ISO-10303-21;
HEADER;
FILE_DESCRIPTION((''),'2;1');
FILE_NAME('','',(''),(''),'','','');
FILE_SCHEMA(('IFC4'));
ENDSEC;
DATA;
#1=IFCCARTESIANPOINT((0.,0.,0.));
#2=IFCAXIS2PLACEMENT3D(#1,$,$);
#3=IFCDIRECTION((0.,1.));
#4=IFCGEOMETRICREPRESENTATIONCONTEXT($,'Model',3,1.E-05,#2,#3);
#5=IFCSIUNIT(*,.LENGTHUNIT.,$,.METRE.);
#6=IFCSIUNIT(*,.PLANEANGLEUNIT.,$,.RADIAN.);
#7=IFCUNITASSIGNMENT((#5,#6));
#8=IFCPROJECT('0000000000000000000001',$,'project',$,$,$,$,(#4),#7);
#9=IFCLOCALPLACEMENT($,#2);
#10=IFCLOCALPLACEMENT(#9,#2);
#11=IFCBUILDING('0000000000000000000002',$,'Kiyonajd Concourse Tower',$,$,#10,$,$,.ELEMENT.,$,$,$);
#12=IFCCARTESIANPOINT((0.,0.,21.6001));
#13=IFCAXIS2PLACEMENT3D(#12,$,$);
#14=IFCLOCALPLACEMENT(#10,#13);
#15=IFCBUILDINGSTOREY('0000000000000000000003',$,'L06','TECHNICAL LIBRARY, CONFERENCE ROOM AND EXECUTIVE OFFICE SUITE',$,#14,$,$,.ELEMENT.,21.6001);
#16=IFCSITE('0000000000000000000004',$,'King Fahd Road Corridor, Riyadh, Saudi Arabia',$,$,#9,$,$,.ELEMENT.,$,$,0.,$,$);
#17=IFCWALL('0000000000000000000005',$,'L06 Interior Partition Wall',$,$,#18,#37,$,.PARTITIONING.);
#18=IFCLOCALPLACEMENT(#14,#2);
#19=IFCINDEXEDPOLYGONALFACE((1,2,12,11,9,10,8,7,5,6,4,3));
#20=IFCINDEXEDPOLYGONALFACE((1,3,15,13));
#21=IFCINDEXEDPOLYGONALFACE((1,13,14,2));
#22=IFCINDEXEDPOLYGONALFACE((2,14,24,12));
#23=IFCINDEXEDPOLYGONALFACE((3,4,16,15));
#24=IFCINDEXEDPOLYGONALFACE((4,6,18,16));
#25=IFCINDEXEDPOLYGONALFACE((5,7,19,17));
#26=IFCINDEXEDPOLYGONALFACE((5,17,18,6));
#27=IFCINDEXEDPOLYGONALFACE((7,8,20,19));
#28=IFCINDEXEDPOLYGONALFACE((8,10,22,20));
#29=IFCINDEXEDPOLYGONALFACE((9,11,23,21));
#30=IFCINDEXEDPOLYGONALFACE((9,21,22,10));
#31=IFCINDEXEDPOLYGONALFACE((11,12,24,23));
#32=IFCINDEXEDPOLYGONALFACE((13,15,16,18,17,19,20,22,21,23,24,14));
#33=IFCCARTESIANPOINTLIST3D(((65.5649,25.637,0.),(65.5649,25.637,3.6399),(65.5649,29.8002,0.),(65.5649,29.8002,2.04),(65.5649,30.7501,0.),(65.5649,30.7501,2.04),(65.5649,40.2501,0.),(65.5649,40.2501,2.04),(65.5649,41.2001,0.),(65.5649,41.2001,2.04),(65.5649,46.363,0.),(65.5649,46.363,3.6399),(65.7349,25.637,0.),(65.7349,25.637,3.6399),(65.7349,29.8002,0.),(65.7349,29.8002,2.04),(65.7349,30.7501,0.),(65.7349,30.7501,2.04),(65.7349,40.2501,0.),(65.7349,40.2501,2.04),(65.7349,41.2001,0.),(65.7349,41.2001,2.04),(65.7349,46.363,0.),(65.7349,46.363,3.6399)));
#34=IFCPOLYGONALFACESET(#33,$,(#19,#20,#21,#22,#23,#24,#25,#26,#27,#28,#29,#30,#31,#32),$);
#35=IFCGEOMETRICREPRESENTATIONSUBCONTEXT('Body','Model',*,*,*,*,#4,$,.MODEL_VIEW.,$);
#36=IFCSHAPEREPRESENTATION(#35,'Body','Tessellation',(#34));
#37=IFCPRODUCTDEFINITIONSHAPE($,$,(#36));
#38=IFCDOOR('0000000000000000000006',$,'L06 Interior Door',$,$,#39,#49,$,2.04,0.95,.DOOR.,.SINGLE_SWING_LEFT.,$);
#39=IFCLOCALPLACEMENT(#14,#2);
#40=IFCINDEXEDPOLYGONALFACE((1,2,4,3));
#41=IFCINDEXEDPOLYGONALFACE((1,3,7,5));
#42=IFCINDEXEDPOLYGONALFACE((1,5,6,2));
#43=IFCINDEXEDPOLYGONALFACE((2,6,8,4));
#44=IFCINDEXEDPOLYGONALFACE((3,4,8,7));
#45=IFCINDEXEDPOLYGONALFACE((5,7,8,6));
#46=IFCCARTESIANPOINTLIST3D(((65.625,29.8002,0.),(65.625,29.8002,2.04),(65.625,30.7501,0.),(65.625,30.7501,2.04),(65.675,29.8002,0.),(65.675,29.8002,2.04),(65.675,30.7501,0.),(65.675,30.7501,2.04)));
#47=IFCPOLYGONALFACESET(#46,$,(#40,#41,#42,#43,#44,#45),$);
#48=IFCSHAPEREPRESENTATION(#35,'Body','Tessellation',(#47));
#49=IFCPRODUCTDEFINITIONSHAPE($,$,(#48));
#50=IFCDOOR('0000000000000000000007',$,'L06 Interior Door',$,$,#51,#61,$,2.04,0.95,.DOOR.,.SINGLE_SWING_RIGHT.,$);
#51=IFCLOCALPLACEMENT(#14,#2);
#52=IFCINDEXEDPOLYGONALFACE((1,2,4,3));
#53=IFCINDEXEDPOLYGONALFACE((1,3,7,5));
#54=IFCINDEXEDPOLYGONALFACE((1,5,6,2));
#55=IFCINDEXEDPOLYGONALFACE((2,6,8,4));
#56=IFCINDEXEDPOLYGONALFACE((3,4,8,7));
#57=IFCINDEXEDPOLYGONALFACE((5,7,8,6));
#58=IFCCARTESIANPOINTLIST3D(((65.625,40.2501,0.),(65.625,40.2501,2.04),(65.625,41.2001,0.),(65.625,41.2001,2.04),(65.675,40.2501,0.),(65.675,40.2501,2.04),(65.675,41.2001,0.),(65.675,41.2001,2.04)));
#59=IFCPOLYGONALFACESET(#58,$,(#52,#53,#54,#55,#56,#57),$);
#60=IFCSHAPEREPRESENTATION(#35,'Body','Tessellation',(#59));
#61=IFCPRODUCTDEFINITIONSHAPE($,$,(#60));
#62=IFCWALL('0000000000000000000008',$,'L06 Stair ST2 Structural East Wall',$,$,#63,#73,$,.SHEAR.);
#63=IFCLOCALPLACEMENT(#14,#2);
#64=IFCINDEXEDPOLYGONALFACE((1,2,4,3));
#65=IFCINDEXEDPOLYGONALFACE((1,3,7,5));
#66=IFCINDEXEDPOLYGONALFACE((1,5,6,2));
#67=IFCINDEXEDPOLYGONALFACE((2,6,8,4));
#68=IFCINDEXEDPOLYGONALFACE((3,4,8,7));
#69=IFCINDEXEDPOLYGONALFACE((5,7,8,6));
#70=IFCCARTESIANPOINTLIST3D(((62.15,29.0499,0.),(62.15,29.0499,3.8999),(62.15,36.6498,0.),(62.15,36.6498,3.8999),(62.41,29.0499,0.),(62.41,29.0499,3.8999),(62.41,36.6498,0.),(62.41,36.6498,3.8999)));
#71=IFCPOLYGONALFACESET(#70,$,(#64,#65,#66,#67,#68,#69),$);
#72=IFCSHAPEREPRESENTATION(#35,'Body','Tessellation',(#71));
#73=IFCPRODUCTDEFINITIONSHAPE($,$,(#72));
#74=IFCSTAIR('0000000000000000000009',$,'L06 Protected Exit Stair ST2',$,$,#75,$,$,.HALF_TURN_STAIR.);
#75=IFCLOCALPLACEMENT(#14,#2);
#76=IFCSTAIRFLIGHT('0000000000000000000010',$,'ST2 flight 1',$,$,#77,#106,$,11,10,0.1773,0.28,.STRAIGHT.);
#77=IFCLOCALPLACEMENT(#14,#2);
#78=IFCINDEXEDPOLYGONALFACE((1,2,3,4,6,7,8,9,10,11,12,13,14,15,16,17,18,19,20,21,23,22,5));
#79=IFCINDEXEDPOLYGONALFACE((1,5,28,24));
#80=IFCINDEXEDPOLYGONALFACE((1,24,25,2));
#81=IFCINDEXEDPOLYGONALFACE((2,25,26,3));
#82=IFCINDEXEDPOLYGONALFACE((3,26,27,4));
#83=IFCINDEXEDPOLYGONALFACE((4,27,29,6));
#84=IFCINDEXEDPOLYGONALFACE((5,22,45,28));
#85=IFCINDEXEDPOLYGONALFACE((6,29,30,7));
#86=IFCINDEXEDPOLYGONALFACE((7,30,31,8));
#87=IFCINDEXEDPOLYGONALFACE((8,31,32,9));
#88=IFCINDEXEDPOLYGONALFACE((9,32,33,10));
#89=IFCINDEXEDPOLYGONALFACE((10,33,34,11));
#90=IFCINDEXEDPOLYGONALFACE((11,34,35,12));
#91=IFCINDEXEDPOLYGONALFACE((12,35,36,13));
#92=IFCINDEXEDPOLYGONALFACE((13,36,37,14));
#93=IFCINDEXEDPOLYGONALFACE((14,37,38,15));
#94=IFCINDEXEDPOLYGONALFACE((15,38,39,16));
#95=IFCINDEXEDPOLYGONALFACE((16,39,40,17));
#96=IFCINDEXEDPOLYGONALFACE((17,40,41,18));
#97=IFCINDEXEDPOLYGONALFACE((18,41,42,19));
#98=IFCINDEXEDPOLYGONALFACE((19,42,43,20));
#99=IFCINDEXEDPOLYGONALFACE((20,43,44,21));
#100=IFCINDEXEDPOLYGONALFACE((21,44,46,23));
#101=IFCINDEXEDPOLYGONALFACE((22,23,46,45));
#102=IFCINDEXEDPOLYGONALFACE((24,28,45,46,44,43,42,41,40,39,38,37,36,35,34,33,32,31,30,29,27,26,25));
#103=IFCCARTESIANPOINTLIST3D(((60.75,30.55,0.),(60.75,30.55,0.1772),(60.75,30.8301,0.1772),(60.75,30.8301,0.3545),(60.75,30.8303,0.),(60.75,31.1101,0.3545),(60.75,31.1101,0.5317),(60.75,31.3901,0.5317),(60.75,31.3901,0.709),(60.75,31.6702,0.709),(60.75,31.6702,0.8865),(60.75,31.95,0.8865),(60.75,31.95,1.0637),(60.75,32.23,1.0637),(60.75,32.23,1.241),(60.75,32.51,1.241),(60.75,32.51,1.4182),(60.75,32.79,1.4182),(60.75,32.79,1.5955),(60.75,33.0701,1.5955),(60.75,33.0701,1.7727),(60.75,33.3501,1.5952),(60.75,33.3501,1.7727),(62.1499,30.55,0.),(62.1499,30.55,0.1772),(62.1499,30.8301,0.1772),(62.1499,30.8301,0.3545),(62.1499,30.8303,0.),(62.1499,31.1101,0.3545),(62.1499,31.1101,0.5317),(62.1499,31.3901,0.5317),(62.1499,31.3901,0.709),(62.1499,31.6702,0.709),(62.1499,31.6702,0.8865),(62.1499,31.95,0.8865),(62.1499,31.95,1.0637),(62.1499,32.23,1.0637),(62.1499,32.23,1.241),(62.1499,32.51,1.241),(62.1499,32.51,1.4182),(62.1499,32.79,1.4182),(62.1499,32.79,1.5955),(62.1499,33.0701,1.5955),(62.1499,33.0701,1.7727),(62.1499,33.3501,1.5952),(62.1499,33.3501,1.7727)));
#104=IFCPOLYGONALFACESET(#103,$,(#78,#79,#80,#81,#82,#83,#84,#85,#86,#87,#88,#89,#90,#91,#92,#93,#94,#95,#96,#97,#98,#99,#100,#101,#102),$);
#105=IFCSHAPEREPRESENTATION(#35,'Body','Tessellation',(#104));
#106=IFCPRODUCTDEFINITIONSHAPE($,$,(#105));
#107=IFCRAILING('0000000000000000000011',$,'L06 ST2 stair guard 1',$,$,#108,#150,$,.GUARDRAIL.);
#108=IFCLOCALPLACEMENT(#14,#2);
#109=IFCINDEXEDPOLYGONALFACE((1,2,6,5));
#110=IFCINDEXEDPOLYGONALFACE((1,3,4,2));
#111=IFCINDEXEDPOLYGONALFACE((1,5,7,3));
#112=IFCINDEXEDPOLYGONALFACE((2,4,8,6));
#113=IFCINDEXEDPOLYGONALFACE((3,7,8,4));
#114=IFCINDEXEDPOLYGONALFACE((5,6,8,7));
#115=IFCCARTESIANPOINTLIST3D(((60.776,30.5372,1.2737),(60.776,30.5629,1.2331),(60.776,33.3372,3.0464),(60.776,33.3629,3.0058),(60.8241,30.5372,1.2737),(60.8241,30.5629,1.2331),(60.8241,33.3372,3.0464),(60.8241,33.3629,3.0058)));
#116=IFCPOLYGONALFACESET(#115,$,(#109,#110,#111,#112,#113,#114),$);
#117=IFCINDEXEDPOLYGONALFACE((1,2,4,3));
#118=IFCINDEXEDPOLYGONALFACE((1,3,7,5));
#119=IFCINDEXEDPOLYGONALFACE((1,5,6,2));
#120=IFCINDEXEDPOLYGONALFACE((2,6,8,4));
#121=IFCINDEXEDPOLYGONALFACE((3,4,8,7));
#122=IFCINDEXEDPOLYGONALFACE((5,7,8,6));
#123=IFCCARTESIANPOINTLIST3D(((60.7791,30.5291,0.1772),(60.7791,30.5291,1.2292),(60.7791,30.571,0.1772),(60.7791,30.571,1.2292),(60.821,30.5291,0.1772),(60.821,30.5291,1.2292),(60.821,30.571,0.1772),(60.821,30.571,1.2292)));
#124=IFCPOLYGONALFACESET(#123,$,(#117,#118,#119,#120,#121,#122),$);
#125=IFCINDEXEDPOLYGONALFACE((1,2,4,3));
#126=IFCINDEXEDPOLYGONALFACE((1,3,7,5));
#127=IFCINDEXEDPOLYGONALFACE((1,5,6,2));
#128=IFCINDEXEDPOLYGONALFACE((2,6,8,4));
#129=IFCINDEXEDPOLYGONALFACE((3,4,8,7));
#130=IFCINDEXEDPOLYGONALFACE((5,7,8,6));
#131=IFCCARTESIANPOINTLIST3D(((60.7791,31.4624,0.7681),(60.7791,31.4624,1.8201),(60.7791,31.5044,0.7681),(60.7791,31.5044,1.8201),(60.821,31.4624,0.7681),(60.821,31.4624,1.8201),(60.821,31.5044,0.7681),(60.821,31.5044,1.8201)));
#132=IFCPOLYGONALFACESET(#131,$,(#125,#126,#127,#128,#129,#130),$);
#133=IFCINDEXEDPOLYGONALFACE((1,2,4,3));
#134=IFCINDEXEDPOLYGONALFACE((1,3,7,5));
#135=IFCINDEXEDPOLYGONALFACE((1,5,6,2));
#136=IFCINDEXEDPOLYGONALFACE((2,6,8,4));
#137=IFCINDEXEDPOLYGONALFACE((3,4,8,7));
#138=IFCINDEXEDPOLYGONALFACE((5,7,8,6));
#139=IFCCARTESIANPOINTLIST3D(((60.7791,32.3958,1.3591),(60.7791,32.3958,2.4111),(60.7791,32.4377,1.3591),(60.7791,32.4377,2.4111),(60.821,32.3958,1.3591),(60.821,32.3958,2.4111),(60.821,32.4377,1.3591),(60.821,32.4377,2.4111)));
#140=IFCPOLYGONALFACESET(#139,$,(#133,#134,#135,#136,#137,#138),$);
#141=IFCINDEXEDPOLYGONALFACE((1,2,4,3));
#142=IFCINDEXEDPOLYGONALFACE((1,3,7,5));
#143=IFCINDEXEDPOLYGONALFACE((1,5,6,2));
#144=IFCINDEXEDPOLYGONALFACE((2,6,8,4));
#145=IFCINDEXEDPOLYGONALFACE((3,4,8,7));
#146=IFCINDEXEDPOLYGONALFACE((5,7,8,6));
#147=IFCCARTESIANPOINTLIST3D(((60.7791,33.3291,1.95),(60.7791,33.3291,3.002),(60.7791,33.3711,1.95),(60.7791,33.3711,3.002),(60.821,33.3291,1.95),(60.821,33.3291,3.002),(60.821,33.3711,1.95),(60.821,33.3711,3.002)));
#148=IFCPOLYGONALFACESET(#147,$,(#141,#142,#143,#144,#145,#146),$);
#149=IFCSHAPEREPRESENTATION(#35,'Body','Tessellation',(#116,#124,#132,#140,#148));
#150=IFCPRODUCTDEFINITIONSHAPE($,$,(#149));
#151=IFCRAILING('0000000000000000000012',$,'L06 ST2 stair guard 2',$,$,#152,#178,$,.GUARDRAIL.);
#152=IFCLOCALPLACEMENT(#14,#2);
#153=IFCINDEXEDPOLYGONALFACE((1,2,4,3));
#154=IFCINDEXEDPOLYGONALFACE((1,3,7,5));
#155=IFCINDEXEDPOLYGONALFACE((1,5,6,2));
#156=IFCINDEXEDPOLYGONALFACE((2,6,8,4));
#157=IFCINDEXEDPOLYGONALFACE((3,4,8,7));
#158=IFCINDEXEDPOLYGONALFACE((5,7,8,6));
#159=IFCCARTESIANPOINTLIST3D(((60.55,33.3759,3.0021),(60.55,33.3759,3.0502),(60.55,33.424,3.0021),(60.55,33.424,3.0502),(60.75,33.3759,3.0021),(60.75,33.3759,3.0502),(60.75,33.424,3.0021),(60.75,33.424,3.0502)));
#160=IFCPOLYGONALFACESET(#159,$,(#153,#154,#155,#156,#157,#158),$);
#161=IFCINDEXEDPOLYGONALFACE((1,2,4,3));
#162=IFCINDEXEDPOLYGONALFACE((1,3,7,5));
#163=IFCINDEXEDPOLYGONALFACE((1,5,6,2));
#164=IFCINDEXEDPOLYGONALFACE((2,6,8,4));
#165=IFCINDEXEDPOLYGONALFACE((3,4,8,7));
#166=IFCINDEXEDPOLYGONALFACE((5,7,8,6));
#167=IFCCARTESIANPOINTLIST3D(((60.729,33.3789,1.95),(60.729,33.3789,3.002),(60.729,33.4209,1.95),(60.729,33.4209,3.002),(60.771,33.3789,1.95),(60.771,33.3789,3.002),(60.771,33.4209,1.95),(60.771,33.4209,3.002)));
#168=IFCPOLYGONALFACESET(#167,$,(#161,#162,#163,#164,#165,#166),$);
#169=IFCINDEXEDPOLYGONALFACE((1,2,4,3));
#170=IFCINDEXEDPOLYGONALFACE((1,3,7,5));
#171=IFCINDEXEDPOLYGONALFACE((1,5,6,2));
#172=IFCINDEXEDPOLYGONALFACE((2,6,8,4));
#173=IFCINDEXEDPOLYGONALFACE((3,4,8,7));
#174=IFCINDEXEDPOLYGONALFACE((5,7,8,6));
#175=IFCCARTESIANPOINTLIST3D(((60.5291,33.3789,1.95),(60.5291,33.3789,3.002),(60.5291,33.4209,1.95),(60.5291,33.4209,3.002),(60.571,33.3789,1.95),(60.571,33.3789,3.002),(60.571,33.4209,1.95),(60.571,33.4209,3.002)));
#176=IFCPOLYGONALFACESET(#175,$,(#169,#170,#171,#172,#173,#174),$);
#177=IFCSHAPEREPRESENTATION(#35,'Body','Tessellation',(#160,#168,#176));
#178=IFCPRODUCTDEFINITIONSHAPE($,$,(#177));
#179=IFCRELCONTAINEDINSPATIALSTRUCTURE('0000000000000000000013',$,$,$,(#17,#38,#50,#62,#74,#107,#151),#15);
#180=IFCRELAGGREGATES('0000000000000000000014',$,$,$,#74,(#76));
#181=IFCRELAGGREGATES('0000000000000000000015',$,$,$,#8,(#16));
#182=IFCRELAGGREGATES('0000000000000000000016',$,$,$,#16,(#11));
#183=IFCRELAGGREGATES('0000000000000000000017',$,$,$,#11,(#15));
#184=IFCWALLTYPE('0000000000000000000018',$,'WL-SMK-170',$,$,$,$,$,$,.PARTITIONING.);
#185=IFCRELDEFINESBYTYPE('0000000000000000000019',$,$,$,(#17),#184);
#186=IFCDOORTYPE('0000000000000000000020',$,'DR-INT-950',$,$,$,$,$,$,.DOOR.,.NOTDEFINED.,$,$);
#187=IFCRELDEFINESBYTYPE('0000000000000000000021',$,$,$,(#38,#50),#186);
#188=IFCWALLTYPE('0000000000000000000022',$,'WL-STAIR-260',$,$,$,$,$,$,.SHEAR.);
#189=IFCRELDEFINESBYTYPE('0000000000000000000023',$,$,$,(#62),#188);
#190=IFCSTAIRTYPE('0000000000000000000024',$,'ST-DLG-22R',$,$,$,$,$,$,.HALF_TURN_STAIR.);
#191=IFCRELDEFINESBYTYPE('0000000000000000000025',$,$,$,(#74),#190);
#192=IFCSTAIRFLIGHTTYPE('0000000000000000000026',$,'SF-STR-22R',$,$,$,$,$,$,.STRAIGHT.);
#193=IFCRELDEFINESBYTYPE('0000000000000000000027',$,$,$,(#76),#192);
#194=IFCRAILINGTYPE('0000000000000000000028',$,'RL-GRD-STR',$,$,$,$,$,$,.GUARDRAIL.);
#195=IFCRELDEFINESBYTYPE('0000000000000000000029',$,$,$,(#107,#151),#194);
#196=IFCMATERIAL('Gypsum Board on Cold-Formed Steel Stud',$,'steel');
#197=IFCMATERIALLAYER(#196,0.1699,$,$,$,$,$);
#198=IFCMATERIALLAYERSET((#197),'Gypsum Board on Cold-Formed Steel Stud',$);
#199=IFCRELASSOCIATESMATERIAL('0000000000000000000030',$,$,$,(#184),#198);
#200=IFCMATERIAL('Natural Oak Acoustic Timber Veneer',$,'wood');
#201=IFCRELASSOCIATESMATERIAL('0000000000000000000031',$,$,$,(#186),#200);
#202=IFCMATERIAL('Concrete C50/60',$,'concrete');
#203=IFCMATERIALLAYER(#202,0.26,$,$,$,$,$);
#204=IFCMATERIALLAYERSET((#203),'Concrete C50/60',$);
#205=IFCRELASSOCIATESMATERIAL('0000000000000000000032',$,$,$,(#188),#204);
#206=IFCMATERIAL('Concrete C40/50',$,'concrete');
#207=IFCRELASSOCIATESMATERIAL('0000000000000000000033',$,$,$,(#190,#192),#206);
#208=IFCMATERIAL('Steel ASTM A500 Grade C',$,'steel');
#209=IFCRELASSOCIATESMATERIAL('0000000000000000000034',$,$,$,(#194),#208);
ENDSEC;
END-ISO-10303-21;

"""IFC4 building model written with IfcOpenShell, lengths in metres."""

from ifc_helpers import new_model, si_unit, direction, frame, frame_2d, origin, origin_2d, place, context, subcontext, project, spatial, polyline, rectangle, outline, extrude, material, layer, layer_set, type_object, element, fill, aggregate, save


model = new_model("IFC4")

# Units and contexts
model_context = context("Model", 3, precision=1e-05, world=origin(), true_north=direction((0.0, 1.0)))
body_context = subcontext(model_context, "Body", "Model", "MODEL_VIEW")
ifc_project = project(units=[si_unit("LENGTHUNIT", "METRE"), si_unit("PLANEANGLEUNIT", "RADIAN")], contexts=[model_context])

# Site, building, storey
site_placement = place(None, origin())
site = spatial("IfcSite", under=ifc_project, at=site_placement, Name="King Fahd Road Corridor, Riyadh, Saudi Arabia", CompositionType="ELEMENT", RefElevation=0.0)
building_placement = place(site_placement, origin())
building = spatial("IfcBuilding", under=site, at=building_placement, Name="Kiyonajd Concourse Tower", CompositionType="ELEMENT")
storey_placement = place(building_placement, frame((0.0, 0.0, 21.6001)))
storey = spatial("IfcBuildingStorey", under=building, at=storey_placement, Name="L06", Description="TECHNICAL LIBRARY, CONFERENCE ROOM AND EXECUTIVE OFFICE SUITE", CompositionType="ELEMENT", Elevation=21.6001)

# Wall, openings, doors
ifc_material_1 = material(Name="Gypsum Board on Cold-Formed Steel Stud", Category="steel")
ifc_layer_1 = layer(ifc_material_1, 0.1699)
ifc_layer_set_1 = layer_set([ifc_layer_1], Name="Gypsum Board on Cold-Formed Steel Stud")
wall_type_1 = type_object("IfcWallType", Name="WL-SMK-170", PredefinedType="PARTITIONING", material=ifc_layer_set_1)
wall_1_placement = place(storey_placement, frame((65.6499, 25.637, 0.0), z_axis=(0.0, 0.0, 1.0), x_axis=(0.0, 1.0, 0.0)))
wall_1 = element("IfcWall", 1, at=wall_1_placement, inside=storey, type_object=wall_type_1, Name="L06 Interior Partition Wall", PredefinedType="PARTITIONING", context=body_context, shape_type="SweptSolid", body=[
    extrude(rectangle(XDim=20.7261, YDim=0.1699, at=frame_2d((10.363, 0.0))), origin(), (0.0, 0.0, 1.0), 3.6399),
])
opening_1_placement = place(wall_1_placement, frame((4.1631, 0.0, 0.0)))
opening_1 = element("IfcOpeningElement", 2, at=opening_1_placement, cuts=wall_1, PredefinedType="OPENING", context=body_context, shape_type="SweptSolid", body=[
    extrude(rectangle(XDim=0.95, YDim=2.04, at=frame_2d((0.4751, 1.02))), frame((0.0, 0.095, 0.0), z_axis=(0.0, -1.0, 0.0), x_axis=(1.0, 0.0, 0.0)), (0.0, 0.0, 1.0), 0.1899),
])
opening_2_placement = place(wall_1_placement, frame((14.613, 0.0, 0.0)))
opening_2 = element("IfcOpeningElement", 3, at=opening_2_placement, cuts=wall_1, PredefinedType="OPENING", context=body_context, shape_type="SweptSolid", body=[
    extrude(rectangle(XDim=0.95, YDim=2.04, at=frame_2d((0.4751, 1.02))), frame((0.0, 0.095, 0.0), z_axis=(0.0, -1.0, 0.0), x_axis=(1.0, 0.0, 0.0)), (0.0, 0.0, 1.0), 0.1899),
])
ifc_material_2 = material(Name="Natural Oak Acoustic Timber Veneer", Category="wood")
door_type = type_object("IfcDoorType", Name="DR-INT-950", OperationType="NOTDEFINED", PredefinedType="DOOR", material=ifc_material_2)
door_1_placement = place(opening_1_placement, origin())
door_1 = element("IfcDoor", 4, at=door_1_placement, inside=storey, type_object=door_type, Name="L06 Interior Door", OperationType="SINGLE_SWING_LEFT", OverallHeight=2.04, OverallWidth=0.95, PredefinedType="DOOR", context=body_context, shape_type="SweptSolid", body=[
    extrude(rectangle(XDim=0.95, YDim=2.04, at=frame_2d((0.4751, 1.02))), frame((0.0, 0.0249, 0.0), z_axis=(0.0, -1.0, 0.0), x_axis=(1.0, 0.0, 0.0)), (0.0, 0.0, 1.0), 0.05),
])
fill(opening_1, door_1)
door_2_placement = place(opening_2_placement, origin())
door_2 = element("IfcDoor", 5, at=door_2_placement, inside=storey, type_object=door_type, Name="L06 Interior Door", OperationType="SINGLE_SWING_RIGHT", OverallHeight=2.04, OverallWidth=0.95, PredefinedType="DOOR", context=body_context, shape_type="SweptSolid", body=[
    extrude(rectangle(XDim=0.95, YDim=2.04, at=frame_2d((0.4751, 1.02))), frame((0.0, 0.0249, 0.0), z_axis=(0.0, -1.0, 0.0), x_axis=(1.0, 0.0, 0.0)), (0.0, 0.0, 1.0), 0.05),
])
fill(opening_2, door_2)

# Wall
ifc_material_3 = material(Name="Concrete C50/60", Category="concrete")
ifc_layer_2 = layer(ifc_material_3, 0.26)
ifc_layer_set_2 = layer_set([ifc_layer_2], Name="Concrete C50/60")
wall_type_2 = type_object("IfcWallType", Name="WL-STAIR-260", PredefinedType="SHEAR", material=ifc_layer_set_2)
wall_2_placement = place(storey_placement, frame((62.28, 29.05, 0.0), z_axis=(0.0, 0.0, 1.0), x_axis=(0.0, 1.0, 0.0)))
element("IfcWall", 6, at=wall_2_placement, inside=storey, type_object=wall_type_2, Name="L06 Stair ST2 Structural East Wall", PredefinedType="SHEAR", context=body_context, shape_type="SweptSolid", body=[
    extrude(rectangle(XDim=7.5999, YDim=0.26, at=frame_2d((3.7998, 0.0))), origin(), (0.0, 0.0, 1.0), 3.8999),
])

# Stair, stair flight
ifc_material_4 = material(Name="Concrete C40/50", Category="concrete")
stair_type = type_object("IfcStairType", Name="ST-DLG-22R", PredefinedType="HALF_TURN_STAIR", material=ifc_material_4)
stair_placement = place(storey_placement, origin())
stair = element("IfcStair", 7, at=stair_placement, inside=storey, type_object=stair_type, Name="L06 Protected Exit Stair ST2", PredefinedType="HALF_TURN_STAIR")
stair_flight_type = type_object("IfcStairFlightType", Name="SF-STR-22R", PredefinedType="STRAIGHT", material=ifc_material_4)
stair_flight_placement = place(storey_placement, frame((61.45, 30.55, 0.0), z_axis=(0.0, 0.0, 1.0), x_axis=(0.0, 1.0, 0.0)))
stair_flight = element("IfcStairFlight", 8, at=stair_flight_placement, type_object=stair_flight_type, Name="ST2 flight 1", NumberOfRisers=11, NumberOfTreads=10, PredefinedType="STRAIGHT", RiserHeight=0.1773, TreadLength=0.28, context=body_context, shape_type="SweptSolid", body=[
    extrude(outline(polyline([(0.0, 0.0), (0.0, 0.1772), (0.28, 0.1772), (0.28, 0.3545), (0.5601, 0.3545), (0.5601, 0.5317), (0.8401, 0.5317), (0.8401, 0.709), (1.1201, 0.709), (1.1201, 0.8865), (1.3999, 0.8865), (1.3999, 1.0637), (1.6799, 1.0637), (1.6799, 1.241), (1.96, 1.241), (1.96, 1.4182), (2.24, 1.4182), (2.24, 1.5955), (2.52, 1.5955), (2.52, 1.7727), (2.8, 1.7727), (2.8, 1.95), (2.8, 1.5952), (0.2803, 0.0), (0.0, 0.0)])), frame((0.0, 0.7, 0.0), z_axis=(0.0, -1.0, 0.0), x_axis=(1.0, 0.0, 0.0)), (0.0, 0.0, 1.0), 1.3999),
])
aggregate(stair, [stair_flight])

# Railings
ifc_material_5 = material(Name="Steel ASTM A500 Grade C", Category="steel")
railing_type_1 = type_object("IfcRailingType", Name="RL-GRD-STR", PredefinedType="GUARDRAIL", material=ifc_material_5)
railing_1_placement = place(storey_placement, frame((60.8, 30.55, 0.1772)))
element("IfcRailing", 9, at=railing_1_placement, inside=storey, type_object=railing_type_1, Name="L06 ST2 stair guard 1", PredefinedType="GUARDRAIL", context=body_context, shape_type="SweptSolid", body=[
    extrude(rectangle(XDim=0.0481, YDim=0.0481, at=origin_2d()), frame((0.0, 0.0, 1.0762), z_axis=(0.0, 0.844909, 0.53491), x_axis=(-1.0, 0.0, 0.0)), (0.0, 0.0, 1.0), 3.314),
    extrude(rectangle(XDim=0.042, YDim=0.042, at=origin_2d()), origin(), (0.0, 0.0, 1.0), 1.052),
    extrude(rectangle(XDim=0.042, YDim=0.042, at=origin_2d()), frame((0.0, 0.9333, 0.5908)), (0.0, 0.0, 1.0), 1.052),
    extrude(rectangle(XDim=0.042, YDim=0.042, at=origin_2d()), frame((0.0, 1.8667, 1.1819)), (0.0, 0.0, 1.0), 1.052),
    extrude(rectangle(XDim=0.042, YDim=0.042, at=origin_2d()), frame((0.0, 2.8, 1.7727)), (0.0, 0.0, 1.0), 1.052),
])
for number, where, name in (
    (10, (60.75, 33.3999, 1.95), "L06 ST2 stair guard 2"),
):
    element("IfcRailing", number, at=place(storey_placement, frame(where)), inside=storey, type_object=railing_type_1, Name=name, PredefinedType="GUARDRAIL", context=body_context, shape_type="SweptSolid", body=[
        extrude(rectangle(XDim=0.0481, YDim=0.0481, at=origin_2d()), frame((0.0, 0.0, 1.0762), z_axis=(-1.0, 0.0, 0.0), x_axis=(0.0, -1.0, 0.0)), (0.0, 0.0, 1.0), 0.2),
        extrude(rectangle(XDim=0.042, YDim=0.042, at=origin_2d()), origin(), (0.0, 0.0, 1.0), 1.052),
        extrude(rectangle(XDim=0.042, YDim=0.042, at=origin_2d()), frame((-0.2, 0.0, 0.0)), (0.0, 0.0, 1.0), 1.052),
    ])

save(model, "model.ifc")
